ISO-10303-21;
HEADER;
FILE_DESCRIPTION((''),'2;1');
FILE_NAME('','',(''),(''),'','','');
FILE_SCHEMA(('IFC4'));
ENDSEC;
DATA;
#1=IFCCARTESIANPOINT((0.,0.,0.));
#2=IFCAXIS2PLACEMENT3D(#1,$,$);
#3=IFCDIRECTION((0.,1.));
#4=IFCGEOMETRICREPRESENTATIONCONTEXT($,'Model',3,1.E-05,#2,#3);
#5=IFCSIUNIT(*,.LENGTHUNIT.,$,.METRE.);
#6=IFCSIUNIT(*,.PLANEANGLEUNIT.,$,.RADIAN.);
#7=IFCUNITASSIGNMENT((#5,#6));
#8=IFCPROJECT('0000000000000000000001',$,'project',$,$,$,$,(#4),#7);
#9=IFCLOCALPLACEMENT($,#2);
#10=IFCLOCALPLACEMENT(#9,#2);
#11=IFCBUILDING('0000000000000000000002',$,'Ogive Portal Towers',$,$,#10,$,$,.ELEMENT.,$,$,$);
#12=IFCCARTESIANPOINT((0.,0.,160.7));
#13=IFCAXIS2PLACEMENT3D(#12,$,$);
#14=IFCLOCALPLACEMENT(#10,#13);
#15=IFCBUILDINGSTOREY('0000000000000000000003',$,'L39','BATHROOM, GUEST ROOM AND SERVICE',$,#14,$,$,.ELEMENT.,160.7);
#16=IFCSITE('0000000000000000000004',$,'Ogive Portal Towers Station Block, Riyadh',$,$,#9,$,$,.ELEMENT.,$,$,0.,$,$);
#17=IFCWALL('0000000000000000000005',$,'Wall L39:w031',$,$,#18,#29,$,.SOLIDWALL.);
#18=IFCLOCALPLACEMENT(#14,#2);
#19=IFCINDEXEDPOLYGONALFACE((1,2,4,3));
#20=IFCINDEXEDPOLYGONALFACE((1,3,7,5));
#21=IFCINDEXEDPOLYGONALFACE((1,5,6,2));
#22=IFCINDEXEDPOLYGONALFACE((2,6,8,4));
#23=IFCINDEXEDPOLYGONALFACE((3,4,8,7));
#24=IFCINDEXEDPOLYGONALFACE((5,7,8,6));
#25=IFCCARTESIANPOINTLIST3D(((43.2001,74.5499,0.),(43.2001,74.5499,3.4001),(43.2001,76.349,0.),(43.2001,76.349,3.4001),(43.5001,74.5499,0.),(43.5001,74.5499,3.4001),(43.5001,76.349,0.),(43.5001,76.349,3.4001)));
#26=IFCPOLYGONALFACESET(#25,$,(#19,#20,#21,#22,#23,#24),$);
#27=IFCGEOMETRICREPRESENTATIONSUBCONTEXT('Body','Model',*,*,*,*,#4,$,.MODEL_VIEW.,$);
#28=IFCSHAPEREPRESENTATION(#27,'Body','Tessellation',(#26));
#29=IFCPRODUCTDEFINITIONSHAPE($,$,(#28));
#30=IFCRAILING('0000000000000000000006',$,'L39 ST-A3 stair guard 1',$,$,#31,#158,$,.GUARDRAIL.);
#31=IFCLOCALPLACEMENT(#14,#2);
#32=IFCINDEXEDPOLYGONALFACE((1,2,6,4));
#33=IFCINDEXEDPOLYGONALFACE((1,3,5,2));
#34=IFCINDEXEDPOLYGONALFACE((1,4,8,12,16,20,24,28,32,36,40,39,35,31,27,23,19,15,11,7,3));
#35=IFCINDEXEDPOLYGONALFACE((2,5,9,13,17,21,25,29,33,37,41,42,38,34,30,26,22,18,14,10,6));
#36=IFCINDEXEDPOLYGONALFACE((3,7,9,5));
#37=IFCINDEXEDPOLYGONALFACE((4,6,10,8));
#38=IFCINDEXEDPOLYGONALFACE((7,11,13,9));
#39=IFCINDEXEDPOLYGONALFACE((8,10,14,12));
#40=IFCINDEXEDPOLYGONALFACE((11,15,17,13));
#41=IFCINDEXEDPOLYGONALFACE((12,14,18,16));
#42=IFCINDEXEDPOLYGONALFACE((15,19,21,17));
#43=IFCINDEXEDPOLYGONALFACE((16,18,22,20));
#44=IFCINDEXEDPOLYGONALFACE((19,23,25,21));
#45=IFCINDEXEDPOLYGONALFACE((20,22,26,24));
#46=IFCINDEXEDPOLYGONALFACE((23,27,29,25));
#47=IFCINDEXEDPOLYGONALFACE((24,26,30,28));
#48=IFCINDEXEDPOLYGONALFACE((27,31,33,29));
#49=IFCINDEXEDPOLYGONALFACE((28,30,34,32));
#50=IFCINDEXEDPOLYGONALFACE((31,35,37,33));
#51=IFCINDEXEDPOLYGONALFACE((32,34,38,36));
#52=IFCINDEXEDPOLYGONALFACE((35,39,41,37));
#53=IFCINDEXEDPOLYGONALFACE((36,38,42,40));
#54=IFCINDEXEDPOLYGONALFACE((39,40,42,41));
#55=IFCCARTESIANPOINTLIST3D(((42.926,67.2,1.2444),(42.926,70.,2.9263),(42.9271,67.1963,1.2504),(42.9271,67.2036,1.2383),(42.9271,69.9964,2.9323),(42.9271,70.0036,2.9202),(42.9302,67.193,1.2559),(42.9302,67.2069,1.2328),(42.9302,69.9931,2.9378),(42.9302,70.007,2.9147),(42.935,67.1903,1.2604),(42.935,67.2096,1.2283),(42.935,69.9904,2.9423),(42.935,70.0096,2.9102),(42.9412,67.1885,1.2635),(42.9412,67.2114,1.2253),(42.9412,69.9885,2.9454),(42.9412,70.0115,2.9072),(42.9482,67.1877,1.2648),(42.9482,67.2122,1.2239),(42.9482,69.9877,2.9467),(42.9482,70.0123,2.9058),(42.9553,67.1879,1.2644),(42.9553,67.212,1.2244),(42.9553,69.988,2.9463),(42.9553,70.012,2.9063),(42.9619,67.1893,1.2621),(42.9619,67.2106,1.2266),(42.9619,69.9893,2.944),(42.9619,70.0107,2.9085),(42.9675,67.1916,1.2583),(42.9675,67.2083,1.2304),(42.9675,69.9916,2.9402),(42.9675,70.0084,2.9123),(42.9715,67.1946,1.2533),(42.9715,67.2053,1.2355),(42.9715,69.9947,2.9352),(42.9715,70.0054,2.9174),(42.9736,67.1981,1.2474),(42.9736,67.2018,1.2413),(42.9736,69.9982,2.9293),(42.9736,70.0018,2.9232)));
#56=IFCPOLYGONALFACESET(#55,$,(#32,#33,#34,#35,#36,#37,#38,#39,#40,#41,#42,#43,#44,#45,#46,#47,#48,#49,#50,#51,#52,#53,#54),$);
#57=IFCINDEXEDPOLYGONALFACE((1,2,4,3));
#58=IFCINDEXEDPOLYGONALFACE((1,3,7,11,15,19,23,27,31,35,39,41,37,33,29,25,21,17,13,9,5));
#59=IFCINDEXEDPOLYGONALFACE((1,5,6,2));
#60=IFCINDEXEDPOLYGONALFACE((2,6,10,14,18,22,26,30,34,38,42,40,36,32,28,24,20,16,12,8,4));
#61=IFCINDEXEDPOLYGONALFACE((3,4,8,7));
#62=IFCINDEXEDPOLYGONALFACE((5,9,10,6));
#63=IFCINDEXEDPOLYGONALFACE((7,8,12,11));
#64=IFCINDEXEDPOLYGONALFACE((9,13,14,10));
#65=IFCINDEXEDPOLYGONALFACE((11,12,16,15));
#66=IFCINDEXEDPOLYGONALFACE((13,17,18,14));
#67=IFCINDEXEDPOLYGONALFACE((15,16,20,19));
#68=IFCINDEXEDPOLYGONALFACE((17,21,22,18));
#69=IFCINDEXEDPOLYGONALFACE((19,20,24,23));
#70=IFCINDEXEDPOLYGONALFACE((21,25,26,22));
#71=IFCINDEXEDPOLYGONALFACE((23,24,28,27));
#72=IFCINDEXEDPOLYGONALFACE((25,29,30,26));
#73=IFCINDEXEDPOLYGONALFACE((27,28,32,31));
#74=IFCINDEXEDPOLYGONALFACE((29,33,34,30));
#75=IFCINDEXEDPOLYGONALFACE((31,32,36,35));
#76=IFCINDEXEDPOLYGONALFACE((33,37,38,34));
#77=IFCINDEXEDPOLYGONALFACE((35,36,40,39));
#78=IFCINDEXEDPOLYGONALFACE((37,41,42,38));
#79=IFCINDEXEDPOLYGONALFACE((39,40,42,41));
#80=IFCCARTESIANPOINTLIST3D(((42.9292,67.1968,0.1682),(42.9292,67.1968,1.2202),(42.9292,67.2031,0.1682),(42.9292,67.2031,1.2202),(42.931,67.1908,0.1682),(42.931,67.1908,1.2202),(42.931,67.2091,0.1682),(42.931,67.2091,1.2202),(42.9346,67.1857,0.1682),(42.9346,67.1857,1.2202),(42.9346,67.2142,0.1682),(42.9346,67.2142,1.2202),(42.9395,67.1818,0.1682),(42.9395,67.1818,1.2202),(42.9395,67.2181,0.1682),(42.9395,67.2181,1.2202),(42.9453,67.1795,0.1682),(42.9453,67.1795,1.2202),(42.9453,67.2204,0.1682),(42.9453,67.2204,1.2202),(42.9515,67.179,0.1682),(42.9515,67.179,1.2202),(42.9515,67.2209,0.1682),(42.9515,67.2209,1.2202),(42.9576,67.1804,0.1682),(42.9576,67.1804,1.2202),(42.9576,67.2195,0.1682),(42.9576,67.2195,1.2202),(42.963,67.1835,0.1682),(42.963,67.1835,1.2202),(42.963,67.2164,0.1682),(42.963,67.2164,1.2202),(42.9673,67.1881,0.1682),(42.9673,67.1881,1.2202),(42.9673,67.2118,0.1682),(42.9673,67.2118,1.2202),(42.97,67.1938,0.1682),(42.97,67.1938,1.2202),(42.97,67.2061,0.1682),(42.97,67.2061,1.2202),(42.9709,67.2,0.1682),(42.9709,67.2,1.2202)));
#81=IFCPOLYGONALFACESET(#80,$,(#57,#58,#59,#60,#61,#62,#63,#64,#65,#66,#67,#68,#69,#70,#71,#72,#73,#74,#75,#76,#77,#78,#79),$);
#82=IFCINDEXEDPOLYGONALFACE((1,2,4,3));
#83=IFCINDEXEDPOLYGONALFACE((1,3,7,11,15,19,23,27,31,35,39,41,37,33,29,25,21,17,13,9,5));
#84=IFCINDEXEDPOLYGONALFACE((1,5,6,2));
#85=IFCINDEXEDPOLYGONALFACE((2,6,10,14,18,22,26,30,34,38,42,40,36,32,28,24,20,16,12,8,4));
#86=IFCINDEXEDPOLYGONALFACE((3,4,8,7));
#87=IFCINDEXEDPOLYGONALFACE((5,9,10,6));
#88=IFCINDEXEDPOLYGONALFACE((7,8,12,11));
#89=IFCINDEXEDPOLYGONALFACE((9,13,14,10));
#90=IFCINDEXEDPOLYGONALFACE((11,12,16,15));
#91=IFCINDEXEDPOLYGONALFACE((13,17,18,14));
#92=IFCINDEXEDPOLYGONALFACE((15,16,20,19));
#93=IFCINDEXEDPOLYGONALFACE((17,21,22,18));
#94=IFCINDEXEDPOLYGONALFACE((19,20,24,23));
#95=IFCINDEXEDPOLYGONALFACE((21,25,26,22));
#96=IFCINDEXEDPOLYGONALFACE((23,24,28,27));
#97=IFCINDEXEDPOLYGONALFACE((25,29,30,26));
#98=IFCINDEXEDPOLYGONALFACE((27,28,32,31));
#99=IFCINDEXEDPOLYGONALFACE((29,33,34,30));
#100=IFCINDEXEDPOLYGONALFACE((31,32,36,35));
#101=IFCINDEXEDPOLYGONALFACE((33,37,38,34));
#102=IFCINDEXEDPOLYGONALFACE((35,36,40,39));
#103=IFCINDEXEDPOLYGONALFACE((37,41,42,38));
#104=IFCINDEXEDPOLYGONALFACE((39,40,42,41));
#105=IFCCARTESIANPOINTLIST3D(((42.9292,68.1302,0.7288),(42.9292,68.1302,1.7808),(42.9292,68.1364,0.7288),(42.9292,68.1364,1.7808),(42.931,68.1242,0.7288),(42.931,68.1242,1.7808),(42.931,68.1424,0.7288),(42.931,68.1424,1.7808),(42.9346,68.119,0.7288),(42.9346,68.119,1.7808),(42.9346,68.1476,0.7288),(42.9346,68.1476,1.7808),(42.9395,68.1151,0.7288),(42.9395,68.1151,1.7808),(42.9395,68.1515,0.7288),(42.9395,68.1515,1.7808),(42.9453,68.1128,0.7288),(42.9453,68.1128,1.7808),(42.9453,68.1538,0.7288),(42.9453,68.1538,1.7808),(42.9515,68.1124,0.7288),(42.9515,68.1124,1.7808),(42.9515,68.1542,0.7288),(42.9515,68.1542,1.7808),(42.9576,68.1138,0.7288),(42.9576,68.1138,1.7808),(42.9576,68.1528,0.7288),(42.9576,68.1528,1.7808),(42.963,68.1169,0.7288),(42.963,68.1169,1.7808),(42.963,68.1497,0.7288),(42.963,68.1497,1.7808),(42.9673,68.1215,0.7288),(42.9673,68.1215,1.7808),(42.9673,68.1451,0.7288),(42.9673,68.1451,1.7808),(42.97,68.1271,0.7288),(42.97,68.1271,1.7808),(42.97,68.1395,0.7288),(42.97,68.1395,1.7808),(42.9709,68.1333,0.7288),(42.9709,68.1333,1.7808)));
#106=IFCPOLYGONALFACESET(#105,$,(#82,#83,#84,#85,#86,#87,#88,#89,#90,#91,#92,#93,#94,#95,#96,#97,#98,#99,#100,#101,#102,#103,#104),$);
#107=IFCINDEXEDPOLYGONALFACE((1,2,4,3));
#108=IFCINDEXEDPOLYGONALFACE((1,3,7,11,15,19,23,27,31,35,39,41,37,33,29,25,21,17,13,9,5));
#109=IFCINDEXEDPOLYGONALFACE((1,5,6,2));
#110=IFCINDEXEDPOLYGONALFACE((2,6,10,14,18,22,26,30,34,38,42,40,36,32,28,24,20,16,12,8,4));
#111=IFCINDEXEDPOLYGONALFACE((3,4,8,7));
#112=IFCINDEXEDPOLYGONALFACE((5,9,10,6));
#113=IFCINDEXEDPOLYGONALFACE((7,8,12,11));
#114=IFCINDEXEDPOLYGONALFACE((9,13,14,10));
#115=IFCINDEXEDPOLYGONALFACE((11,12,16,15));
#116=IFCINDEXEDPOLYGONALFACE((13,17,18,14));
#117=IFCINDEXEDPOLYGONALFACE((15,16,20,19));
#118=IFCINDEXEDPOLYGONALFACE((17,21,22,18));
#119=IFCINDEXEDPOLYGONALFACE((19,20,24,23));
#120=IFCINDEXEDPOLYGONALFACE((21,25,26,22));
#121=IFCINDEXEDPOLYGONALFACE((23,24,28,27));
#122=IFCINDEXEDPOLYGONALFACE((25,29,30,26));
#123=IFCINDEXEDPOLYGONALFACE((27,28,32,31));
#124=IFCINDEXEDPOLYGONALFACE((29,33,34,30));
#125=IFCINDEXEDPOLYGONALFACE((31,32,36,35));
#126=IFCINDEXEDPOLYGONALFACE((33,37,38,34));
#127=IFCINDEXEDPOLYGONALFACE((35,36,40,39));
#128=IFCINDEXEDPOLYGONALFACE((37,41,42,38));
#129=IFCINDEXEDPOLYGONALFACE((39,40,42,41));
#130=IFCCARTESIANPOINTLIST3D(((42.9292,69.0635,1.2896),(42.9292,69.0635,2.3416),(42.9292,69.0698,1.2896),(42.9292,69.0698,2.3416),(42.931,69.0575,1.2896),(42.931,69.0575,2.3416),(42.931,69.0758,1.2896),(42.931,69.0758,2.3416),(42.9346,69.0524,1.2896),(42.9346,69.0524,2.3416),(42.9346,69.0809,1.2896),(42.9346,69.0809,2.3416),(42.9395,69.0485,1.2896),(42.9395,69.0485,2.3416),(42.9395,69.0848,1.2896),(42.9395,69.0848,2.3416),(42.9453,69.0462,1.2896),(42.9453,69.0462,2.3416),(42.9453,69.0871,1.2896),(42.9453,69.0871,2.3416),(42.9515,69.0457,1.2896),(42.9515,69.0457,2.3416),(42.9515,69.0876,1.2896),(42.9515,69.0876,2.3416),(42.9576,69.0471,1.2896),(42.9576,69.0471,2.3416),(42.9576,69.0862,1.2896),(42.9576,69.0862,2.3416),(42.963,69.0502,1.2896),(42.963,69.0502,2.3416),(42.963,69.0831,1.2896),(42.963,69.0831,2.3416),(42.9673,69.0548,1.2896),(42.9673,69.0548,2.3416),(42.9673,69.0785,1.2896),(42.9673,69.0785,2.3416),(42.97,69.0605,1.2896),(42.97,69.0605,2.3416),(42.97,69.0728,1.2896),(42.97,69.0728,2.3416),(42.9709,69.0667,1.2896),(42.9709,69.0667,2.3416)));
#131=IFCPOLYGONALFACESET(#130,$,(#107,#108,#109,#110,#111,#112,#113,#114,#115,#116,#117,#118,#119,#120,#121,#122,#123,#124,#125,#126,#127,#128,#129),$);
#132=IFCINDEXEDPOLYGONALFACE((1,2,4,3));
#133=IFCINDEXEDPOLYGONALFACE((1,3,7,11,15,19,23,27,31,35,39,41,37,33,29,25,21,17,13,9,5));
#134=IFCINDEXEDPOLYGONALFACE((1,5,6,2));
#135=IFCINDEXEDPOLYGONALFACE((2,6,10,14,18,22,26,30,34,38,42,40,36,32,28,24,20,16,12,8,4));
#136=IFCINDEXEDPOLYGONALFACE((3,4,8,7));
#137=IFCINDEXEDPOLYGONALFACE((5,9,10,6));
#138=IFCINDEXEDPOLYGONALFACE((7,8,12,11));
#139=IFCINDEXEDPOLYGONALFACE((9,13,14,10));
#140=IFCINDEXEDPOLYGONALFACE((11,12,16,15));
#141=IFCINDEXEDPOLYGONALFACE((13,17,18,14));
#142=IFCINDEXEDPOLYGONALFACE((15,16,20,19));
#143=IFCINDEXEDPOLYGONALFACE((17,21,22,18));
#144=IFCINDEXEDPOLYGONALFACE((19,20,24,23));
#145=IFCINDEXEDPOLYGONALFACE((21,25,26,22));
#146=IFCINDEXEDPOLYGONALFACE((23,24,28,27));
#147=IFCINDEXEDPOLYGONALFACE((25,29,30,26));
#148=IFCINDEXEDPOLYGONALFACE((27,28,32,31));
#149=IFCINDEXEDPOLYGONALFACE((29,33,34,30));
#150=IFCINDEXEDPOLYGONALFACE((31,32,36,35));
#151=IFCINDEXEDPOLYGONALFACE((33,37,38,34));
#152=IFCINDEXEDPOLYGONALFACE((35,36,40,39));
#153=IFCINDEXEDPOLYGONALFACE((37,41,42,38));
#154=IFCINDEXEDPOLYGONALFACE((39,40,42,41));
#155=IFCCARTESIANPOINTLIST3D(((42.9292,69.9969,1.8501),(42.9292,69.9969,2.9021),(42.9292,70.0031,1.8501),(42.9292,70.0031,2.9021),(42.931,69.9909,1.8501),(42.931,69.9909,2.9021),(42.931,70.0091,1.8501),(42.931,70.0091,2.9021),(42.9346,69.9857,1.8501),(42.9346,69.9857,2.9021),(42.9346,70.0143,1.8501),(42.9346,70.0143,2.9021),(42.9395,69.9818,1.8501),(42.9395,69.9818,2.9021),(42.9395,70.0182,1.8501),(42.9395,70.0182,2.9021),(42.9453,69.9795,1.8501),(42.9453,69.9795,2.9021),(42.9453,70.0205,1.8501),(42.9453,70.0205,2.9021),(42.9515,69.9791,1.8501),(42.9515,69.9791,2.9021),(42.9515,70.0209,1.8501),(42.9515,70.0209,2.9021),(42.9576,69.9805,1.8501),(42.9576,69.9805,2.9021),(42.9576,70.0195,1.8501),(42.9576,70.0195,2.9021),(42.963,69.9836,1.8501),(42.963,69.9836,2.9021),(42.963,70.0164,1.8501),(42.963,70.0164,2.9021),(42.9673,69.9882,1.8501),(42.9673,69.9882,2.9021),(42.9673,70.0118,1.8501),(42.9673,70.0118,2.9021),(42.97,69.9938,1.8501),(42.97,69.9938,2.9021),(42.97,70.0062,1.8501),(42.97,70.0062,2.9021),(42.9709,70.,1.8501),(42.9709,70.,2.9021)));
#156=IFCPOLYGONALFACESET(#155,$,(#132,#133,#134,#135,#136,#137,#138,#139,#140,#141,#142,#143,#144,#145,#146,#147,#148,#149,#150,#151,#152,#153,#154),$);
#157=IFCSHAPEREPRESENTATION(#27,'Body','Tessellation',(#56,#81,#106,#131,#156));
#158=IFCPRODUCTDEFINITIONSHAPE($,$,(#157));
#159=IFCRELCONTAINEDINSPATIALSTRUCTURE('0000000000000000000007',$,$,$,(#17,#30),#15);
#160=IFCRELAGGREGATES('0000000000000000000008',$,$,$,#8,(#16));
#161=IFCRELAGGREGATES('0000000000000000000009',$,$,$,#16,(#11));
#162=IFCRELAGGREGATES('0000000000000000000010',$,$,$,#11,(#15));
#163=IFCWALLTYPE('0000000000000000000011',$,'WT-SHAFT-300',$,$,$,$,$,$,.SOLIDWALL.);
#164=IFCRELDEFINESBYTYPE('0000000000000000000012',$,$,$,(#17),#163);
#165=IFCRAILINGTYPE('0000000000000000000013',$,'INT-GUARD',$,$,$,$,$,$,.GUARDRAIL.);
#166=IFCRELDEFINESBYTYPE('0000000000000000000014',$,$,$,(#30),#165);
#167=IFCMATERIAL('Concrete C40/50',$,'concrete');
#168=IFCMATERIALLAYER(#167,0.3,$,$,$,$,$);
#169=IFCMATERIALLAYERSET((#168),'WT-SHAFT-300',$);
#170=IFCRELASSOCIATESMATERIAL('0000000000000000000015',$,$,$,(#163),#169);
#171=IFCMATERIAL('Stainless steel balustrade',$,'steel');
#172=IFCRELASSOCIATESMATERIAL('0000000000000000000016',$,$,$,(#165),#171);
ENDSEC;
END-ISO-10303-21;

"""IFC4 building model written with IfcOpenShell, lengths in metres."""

from ifc_helpers import new_model, si_unit, direction, frame, frame_2d, origin, origin_2d, place, context, subcontext, project, spatial, rectangle, circle, extrude, material, layer, layer_set, type_object, element, save


model = new_model("IFC4")

# Units and contexts
model_context = context("Model", 3, precision=1e-05, world=origin(), true_north=direction((0.0, 1.0)))
body_context = subcontext(model_context, "Body", "Model", "MODEL_VIEW")
ifc_project = project(units=[si_unit("LENGTHUNIT", "METRE"), si_unit("PLANEANGLEUNIT", "RADIAN")], contexts=[model_context])

# Site, building, storey
site_placement = place(None, origin())
site = spatial("IfcSite", under=ifc_project, at=site_placement, Name="Ogive Portal Towers Station Block, Riyadh", CompositionType="ELEMENT", RefElevation=0.0)
building_placement = place(site_placement, origin())
building = spatial("IfcBuilding", under=site, at=building_placement, Name="Ogive Portal Towers", CompositionType="ELEMENT")
storey_placement = place(building_placement, frame((0.0, 0.0, 160.7)))
storey = spatial("IfcBuildingStorey", under=building, at=storey_placement, Name="L39", Description="BATHROOM, GUEST ROOM AND SERVICE", CompositionType="ELEMENT", Elevation=160.7)

# Shared definitions
ifc_material_1 = material(Name="Concrete C40/50", Category="concrete")

# Wall
ifc_layer_1 = layer(ifc_material_1, 0.3)
ifc_layer_set_1 = layer_set([ifc_layer_1], Name="WT-SHAFT-300")
wall_type_1 = type_object("IfcWallType", Name="WT-SHAFT-300", PredefinedType="SOLIDWALL", material=ifc_layer_set_1)
wall_1_placement = place(storey_placement, frame((43.3501, 74.55, 0.0), z_axis=(0.0, 0.0, 1.0), x_axis=(0.0, 1.0, 0.0)))
element("IfcWall", 1, at=wall_1_placement, inside=storey, type_object=wall_type_1, Name="Wall L39:w031", PredefinedType="SOLIDWALL", context=body_context, shape_type="SweptSolid", body=[
    extrude(rectangle(XDim=1.7991, YDim=0.3, at=frame_2d((0.8994, 0.0))), origin(), (0.0, 0.0, 1.0), 3.4001),
])

# Railing
ifc_material_2 = material(Name="Stainless steel balustrade", Category="steel")
railing_type_1 = type_object("IfcRailingType", Name="INT-GUARD", PredefinedType="GUARDRAIL", material=ifc_material_2)
railing_1_placement = place(storey_placement, frame((42.95, 67.2, 0.1682)))
element("IfcRailing", 2, at=railing_1_placement, inside=storey, type_object=railing_type_1, Name="L39 ST-A3 stair guard 1", PredefinedType="GUARDRAIL", context=body_context, shape_type="SweptSolid", body=[
    extrude(circle(Radius=0.0239, at=origin_2d()), frame((0.0, 0.0, 1.0762), z_axis=(0.0, 0.857242, 0.514913), x_axis=(-1.0, 0.0, 0.0)), (0.0, 0.0, 1.0), 3.2664),
    extrude(circle(Radius=0.021, at=origin_2d()), origin(), (0.0, 0.0, 1.0), 1.052),
    extrude(circle(Radius=0.021, at=origin_2d()), frame((0.0, 0.9333, 0.5605)), (0.0, 0.0, 1.0), 1.052),
    extrude(circle(Radius=0.021, at=origin_2d()), frame((0.0, 1.8667, 1.1213)), (0.0, 0.0, 1.0), 1.052),
    extrude(circle(Radius=0.021, at=origin_2d()), frame((0.0, 2.8, 1.6819)), (0.0, 0.0, 1.0), 1.052),
])

save(model, "model.ifc")
